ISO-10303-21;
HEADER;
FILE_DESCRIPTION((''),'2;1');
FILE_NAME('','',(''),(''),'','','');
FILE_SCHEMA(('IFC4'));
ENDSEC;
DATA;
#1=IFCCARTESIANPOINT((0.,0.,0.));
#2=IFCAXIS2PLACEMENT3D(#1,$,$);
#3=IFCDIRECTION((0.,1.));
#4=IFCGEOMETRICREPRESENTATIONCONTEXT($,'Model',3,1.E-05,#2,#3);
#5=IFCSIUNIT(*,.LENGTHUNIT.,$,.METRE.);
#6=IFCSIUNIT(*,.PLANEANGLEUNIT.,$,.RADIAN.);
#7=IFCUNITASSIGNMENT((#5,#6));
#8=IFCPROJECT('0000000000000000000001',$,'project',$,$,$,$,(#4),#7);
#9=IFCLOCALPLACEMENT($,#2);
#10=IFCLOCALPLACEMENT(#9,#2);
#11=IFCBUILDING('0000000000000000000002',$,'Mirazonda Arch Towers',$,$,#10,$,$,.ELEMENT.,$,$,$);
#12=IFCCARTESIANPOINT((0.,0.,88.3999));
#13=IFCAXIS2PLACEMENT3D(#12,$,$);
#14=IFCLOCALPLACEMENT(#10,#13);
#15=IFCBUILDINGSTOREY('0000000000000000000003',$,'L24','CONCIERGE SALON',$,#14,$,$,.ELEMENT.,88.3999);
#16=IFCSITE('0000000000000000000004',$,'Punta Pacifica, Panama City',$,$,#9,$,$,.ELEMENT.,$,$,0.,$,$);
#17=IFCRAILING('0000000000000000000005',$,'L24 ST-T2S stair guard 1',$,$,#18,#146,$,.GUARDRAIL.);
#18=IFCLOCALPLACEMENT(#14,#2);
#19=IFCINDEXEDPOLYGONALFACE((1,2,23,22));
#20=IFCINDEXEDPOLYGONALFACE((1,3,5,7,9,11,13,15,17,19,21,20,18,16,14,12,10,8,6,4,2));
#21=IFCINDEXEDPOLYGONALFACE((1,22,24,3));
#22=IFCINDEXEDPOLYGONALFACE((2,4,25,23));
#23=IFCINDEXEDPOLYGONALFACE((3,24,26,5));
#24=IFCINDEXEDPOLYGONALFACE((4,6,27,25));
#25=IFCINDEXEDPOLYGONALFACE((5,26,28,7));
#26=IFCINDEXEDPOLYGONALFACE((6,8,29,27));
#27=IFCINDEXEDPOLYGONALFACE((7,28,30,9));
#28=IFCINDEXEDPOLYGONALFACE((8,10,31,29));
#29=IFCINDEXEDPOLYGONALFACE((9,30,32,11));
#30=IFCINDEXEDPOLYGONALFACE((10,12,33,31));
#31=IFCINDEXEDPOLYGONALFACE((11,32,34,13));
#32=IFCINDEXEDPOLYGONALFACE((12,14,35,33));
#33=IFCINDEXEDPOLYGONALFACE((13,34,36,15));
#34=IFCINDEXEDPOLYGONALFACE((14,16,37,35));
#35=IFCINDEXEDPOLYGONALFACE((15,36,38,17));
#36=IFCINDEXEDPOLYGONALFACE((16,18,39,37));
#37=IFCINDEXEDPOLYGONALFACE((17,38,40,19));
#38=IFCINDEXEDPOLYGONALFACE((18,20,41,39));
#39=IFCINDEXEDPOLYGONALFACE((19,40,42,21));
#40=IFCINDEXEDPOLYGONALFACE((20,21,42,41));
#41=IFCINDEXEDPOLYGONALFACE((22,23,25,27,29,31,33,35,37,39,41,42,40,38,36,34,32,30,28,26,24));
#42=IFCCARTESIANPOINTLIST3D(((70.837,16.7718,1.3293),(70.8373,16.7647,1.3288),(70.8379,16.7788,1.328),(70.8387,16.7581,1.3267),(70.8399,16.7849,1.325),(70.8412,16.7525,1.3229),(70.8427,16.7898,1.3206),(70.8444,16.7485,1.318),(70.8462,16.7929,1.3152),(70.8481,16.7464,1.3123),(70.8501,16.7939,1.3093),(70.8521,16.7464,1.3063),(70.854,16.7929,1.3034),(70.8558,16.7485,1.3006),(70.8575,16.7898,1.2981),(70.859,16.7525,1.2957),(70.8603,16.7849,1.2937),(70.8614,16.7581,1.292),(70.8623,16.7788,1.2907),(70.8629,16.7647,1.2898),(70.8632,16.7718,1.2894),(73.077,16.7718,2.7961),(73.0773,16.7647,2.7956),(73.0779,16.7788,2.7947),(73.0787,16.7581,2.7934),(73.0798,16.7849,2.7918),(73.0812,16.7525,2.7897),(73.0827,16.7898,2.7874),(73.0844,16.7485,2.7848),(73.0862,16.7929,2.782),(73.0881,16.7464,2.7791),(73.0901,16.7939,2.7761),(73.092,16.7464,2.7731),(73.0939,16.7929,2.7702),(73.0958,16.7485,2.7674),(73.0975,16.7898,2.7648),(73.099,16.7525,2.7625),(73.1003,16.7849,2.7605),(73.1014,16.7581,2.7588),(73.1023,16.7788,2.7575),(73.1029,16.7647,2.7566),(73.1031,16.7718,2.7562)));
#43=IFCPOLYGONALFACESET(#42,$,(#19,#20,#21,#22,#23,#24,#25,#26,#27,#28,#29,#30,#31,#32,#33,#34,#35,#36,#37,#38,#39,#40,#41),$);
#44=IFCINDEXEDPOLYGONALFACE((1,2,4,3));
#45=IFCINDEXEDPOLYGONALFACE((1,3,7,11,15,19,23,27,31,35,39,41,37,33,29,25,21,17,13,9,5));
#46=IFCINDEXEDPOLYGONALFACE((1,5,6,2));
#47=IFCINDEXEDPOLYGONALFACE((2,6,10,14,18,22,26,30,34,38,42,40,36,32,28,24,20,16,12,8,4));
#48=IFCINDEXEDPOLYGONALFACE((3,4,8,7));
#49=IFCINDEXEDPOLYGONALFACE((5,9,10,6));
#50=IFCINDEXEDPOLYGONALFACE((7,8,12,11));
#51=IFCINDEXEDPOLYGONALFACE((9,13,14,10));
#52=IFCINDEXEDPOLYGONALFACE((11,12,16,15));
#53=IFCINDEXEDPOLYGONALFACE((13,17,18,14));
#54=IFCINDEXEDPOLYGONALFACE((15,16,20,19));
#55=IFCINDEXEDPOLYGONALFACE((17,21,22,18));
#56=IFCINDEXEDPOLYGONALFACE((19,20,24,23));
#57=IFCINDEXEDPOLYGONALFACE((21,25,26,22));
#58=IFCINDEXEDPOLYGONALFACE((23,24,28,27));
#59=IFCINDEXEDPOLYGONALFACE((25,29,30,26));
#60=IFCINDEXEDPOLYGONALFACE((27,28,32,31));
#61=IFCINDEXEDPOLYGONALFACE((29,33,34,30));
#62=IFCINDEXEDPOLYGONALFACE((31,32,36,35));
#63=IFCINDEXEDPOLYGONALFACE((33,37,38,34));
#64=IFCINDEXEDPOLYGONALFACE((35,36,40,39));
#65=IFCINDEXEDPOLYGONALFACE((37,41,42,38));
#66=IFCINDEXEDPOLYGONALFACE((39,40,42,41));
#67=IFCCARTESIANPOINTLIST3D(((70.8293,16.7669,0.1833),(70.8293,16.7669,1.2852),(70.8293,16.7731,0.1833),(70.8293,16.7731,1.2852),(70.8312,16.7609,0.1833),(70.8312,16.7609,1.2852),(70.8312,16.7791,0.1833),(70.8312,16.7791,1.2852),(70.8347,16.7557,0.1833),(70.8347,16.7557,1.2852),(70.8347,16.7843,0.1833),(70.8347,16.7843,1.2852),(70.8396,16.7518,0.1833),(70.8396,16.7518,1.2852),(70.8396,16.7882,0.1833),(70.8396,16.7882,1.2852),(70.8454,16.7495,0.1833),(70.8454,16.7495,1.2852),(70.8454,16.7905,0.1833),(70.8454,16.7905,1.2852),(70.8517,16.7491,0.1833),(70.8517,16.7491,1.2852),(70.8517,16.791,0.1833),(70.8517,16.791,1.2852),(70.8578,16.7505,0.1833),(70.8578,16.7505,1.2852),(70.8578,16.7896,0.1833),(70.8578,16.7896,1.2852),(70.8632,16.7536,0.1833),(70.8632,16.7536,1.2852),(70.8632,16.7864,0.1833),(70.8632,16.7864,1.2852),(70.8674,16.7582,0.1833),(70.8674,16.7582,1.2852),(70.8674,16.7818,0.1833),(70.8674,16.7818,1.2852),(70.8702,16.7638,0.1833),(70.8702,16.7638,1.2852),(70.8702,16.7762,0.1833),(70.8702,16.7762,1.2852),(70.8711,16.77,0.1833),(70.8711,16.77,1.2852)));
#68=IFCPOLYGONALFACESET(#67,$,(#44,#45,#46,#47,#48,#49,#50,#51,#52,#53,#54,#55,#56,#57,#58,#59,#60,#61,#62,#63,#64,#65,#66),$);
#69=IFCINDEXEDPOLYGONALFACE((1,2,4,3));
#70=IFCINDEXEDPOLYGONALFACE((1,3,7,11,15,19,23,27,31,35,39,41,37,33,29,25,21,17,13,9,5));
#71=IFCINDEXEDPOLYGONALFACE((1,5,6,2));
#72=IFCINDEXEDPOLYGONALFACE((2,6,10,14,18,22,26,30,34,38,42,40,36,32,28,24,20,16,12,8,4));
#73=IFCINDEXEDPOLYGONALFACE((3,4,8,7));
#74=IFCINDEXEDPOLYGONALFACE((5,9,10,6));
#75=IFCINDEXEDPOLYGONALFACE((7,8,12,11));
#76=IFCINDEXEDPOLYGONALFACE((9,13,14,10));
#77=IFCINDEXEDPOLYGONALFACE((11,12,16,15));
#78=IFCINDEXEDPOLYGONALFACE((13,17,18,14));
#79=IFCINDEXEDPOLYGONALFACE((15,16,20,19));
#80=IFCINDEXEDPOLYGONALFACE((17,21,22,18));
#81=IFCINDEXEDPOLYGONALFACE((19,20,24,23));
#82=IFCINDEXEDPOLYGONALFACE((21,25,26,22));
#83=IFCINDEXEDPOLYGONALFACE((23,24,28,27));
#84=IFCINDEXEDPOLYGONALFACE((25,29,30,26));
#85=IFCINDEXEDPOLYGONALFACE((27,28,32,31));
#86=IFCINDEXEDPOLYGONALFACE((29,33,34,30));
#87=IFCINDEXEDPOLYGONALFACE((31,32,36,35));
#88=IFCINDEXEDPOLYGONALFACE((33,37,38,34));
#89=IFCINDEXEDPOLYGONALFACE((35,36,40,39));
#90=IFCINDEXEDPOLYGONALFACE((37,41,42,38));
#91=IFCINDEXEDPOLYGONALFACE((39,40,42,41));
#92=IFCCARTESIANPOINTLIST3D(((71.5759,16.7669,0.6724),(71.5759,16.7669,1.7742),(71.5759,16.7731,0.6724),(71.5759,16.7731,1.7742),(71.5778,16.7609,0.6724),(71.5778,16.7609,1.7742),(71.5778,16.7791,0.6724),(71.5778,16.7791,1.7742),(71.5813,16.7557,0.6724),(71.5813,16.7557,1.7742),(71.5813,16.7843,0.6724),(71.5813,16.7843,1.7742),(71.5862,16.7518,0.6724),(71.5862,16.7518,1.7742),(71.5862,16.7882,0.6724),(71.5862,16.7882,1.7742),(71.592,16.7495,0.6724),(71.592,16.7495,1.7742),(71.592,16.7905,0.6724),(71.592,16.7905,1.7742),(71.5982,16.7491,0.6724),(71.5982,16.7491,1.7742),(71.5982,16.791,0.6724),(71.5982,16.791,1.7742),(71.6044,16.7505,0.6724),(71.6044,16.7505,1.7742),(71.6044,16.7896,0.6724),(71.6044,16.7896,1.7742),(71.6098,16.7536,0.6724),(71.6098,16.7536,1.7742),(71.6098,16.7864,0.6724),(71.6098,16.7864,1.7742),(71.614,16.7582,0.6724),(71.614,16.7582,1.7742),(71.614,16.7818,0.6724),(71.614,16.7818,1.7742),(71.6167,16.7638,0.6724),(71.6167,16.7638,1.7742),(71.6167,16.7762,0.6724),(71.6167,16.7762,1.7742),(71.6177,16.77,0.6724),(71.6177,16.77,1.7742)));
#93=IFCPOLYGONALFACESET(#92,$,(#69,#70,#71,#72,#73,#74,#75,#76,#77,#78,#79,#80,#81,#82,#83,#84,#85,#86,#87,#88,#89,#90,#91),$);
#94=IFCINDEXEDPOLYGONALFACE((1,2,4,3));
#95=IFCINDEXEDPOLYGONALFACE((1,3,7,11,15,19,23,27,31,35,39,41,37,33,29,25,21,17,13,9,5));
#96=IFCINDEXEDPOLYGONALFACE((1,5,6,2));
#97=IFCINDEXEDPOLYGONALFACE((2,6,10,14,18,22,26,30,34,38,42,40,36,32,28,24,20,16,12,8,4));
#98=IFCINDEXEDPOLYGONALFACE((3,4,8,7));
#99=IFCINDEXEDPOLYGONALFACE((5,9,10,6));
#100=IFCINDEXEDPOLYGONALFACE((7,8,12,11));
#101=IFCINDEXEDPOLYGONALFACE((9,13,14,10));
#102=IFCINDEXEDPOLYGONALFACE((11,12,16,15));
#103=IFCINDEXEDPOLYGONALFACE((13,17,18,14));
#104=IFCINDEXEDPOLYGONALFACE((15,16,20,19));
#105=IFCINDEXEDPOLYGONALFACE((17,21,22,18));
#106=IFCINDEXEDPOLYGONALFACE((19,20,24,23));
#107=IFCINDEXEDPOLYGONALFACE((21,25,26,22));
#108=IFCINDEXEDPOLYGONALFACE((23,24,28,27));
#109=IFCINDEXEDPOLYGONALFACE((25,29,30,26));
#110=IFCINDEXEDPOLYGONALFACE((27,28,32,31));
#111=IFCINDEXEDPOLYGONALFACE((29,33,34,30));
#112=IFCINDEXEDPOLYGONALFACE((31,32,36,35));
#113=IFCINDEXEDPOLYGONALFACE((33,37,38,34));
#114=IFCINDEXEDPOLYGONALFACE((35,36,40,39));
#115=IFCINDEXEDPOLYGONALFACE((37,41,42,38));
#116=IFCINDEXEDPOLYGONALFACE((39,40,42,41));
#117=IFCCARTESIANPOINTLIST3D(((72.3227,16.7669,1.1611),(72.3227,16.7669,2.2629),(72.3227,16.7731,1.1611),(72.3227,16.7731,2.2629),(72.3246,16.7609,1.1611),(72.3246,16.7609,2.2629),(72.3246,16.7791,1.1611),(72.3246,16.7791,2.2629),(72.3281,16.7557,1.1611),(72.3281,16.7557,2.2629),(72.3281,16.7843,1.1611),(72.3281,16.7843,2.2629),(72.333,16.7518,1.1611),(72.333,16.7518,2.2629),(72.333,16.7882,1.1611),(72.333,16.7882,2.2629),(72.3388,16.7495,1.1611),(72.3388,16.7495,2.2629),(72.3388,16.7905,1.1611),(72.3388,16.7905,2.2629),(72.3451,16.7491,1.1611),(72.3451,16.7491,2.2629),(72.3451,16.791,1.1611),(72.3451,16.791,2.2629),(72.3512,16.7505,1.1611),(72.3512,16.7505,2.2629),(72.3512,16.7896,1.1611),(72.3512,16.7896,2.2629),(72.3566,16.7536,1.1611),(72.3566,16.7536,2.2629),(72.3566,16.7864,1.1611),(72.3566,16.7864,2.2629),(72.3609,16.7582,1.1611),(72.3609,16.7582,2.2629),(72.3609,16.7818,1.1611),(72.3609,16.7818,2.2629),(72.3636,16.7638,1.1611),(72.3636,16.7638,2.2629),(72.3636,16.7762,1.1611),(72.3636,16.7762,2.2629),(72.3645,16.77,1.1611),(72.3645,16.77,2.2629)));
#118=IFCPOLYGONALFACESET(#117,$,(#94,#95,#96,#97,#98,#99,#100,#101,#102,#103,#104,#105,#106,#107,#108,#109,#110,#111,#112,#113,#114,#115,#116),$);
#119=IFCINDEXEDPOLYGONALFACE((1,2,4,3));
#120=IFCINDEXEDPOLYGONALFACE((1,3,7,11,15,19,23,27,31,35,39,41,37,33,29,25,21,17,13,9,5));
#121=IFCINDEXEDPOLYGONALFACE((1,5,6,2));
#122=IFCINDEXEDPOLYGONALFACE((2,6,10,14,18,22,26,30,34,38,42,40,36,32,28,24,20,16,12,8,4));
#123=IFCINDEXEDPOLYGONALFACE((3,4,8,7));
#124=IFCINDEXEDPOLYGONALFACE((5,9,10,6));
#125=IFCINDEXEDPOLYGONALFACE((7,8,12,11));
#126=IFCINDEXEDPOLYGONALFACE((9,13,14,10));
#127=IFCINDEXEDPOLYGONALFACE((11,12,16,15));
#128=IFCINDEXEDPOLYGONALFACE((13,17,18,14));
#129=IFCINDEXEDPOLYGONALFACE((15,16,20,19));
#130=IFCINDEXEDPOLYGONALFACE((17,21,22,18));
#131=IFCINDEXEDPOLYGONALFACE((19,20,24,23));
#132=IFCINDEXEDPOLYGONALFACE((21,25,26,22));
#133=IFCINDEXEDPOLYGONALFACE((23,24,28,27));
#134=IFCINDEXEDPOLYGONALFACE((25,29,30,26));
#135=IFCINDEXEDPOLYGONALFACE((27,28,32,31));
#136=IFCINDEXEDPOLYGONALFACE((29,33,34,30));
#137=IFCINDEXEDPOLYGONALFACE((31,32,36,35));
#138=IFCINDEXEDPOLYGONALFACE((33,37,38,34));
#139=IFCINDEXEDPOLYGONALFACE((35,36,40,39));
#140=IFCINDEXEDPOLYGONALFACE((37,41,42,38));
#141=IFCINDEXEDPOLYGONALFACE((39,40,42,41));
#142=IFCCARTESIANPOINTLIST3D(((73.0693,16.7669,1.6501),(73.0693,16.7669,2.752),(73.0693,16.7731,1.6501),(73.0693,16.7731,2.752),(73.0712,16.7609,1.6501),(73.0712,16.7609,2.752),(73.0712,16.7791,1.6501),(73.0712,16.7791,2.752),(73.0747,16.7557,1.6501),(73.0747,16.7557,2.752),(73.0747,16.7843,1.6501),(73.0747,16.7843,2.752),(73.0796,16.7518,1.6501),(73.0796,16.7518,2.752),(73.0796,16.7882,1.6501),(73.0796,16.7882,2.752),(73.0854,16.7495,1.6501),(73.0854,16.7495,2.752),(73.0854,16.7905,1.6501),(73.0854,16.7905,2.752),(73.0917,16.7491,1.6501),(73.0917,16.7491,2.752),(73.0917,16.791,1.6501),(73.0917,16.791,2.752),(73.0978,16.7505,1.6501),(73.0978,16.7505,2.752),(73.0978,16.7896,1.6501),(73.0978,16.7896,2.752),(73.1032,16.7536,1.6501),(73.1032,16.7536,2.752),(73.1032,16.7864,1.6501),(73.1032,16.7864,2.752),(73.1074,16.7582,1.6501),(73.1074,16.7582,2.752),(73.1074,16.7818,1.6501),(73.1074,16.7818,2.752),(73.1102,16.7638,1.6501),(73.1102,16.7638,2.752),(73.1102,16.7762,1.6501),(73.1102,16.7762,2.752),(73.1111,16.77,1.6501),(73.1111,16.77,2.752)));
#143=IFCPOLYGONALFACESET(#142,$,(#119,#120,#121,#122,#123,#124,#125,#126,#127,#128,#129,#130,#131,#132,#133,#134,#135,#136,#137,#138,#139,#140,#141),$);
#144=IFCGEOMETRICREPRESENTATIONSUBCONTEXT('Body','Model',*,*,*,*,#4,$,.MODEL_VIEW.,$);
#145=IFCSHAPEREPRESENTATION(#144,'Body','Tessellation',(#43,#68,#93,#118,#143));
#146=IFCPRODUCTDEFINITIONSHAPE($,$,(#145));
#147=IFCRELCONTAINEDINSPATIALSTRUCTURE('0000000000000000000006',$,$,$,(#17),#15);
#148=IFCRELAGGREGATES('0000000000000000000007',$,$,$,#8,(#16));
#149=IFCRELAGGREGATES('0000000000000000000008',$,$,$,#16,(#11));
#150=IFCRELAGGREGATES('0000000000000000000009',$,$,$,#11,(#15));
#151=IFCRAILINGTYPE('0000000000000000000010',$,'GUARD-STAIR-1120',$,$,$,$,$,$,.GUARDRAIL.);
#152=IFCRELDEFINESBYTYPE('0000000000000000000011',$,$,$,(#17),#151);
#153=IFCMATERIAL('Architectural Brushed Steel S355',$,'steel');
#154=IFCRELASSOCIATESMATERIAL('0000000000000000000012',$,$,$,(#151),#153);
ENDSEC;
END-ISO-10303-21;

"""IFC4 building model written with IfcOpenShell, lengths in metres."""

from ifc_helpers import new_model, si_unit, direction, frame, origin, origin_2d, place, context, subcontext, project, spatial, circle, extrude, material, type_object, element, save


model = new_model("IFC4")

# Units and contexts
model_context = context("Model", 3, precision=1e-05, world=origin(), true_north=direction((0.0, 1.0)))
body_context = subcontext(model_context, "Body", "Model", "MODEL_VIEW")
ifc_project = project(units=[si_unit("LENGTHUNIT", "METRE"), si_unit("PLANEANGLEUNIT", "RADIAN")], contexts=[model_context])

# Site, building, storey
site_placement = place(None, origin())
site = spatial("IfcSite", under=ifc_project, at=site_placement, Name="Punta Pacifica, Panama City", CompositionType="ELEMENT", RefElevation=0.0)
building_placement = place(site_placement, origin())
building = spatial("IfcBuilding", under=site, at=building_placement, Name="Mirazonda Arch Towers", CompositionType="ELEMENT")
storey_placement = place(building_placement, frame((0.0, 0.0, 88.3999)))
storey = spatial("IfcBuildingStorey", under=building, at=storey_placement, Name="L24", Description="CONCIERGE SALON", CompositionType="ELEMENT", Elevation=88.3999)

# Shared definitions
ifc_material_1 = material(Name="Architectural Brushed Steel S355", Category="steel")

# Railing
railing_type_1 = type_object("IfcRailingType", Name="GUARD-STAIR-1120", PredefinedType="GUARDRAIL", material=ifc_material_1)
railing_1_placement = place(storey_placement, frame((70.8501, 16.77, 0.1833)))
element("IfcRailing", 1, at=railing_1_placement, inside=storey, type_object=railing_type_1, Name="L24 ST-T2S stair guard 1", PredefinedType="GUARDRAIL", context=body_context, shape_type="SweptSolid", body=[
    extrude(circle(Radius=0.0239, at=origin_2d()), frame((0.0, 0.0, 1.126), z_axis=(0.836595, 0.0, 0.547822), x_axis=(0.0, 1.0, 0.0)), (0.0, 0.0, 1.0), 2.6775),
    extrude(circle(Radius=0.021, at=origin_2d()), origin(), (0.0, 0.0, 1.0), 1.1018),
    extrude(circle(Radius=0.021, at=origin_2d()), frame((0.7466, 0.0, 0.489)), (0.0, 0.0, 1.0), 1.1018),
    extrude(circle(Radius=0.021, at=origin_2d()), frame((1.4934, 0.0, 0.9778)), (0.0, 0.0, 1.0), 1.1018),
    extrude(circle(Radius=0.021, at=origin_2d()), frame((2.24, 0.0, 1.4668)), (0.0, 0.0, 1.0), 1.1018),
])

save(model, "model.ifc")
